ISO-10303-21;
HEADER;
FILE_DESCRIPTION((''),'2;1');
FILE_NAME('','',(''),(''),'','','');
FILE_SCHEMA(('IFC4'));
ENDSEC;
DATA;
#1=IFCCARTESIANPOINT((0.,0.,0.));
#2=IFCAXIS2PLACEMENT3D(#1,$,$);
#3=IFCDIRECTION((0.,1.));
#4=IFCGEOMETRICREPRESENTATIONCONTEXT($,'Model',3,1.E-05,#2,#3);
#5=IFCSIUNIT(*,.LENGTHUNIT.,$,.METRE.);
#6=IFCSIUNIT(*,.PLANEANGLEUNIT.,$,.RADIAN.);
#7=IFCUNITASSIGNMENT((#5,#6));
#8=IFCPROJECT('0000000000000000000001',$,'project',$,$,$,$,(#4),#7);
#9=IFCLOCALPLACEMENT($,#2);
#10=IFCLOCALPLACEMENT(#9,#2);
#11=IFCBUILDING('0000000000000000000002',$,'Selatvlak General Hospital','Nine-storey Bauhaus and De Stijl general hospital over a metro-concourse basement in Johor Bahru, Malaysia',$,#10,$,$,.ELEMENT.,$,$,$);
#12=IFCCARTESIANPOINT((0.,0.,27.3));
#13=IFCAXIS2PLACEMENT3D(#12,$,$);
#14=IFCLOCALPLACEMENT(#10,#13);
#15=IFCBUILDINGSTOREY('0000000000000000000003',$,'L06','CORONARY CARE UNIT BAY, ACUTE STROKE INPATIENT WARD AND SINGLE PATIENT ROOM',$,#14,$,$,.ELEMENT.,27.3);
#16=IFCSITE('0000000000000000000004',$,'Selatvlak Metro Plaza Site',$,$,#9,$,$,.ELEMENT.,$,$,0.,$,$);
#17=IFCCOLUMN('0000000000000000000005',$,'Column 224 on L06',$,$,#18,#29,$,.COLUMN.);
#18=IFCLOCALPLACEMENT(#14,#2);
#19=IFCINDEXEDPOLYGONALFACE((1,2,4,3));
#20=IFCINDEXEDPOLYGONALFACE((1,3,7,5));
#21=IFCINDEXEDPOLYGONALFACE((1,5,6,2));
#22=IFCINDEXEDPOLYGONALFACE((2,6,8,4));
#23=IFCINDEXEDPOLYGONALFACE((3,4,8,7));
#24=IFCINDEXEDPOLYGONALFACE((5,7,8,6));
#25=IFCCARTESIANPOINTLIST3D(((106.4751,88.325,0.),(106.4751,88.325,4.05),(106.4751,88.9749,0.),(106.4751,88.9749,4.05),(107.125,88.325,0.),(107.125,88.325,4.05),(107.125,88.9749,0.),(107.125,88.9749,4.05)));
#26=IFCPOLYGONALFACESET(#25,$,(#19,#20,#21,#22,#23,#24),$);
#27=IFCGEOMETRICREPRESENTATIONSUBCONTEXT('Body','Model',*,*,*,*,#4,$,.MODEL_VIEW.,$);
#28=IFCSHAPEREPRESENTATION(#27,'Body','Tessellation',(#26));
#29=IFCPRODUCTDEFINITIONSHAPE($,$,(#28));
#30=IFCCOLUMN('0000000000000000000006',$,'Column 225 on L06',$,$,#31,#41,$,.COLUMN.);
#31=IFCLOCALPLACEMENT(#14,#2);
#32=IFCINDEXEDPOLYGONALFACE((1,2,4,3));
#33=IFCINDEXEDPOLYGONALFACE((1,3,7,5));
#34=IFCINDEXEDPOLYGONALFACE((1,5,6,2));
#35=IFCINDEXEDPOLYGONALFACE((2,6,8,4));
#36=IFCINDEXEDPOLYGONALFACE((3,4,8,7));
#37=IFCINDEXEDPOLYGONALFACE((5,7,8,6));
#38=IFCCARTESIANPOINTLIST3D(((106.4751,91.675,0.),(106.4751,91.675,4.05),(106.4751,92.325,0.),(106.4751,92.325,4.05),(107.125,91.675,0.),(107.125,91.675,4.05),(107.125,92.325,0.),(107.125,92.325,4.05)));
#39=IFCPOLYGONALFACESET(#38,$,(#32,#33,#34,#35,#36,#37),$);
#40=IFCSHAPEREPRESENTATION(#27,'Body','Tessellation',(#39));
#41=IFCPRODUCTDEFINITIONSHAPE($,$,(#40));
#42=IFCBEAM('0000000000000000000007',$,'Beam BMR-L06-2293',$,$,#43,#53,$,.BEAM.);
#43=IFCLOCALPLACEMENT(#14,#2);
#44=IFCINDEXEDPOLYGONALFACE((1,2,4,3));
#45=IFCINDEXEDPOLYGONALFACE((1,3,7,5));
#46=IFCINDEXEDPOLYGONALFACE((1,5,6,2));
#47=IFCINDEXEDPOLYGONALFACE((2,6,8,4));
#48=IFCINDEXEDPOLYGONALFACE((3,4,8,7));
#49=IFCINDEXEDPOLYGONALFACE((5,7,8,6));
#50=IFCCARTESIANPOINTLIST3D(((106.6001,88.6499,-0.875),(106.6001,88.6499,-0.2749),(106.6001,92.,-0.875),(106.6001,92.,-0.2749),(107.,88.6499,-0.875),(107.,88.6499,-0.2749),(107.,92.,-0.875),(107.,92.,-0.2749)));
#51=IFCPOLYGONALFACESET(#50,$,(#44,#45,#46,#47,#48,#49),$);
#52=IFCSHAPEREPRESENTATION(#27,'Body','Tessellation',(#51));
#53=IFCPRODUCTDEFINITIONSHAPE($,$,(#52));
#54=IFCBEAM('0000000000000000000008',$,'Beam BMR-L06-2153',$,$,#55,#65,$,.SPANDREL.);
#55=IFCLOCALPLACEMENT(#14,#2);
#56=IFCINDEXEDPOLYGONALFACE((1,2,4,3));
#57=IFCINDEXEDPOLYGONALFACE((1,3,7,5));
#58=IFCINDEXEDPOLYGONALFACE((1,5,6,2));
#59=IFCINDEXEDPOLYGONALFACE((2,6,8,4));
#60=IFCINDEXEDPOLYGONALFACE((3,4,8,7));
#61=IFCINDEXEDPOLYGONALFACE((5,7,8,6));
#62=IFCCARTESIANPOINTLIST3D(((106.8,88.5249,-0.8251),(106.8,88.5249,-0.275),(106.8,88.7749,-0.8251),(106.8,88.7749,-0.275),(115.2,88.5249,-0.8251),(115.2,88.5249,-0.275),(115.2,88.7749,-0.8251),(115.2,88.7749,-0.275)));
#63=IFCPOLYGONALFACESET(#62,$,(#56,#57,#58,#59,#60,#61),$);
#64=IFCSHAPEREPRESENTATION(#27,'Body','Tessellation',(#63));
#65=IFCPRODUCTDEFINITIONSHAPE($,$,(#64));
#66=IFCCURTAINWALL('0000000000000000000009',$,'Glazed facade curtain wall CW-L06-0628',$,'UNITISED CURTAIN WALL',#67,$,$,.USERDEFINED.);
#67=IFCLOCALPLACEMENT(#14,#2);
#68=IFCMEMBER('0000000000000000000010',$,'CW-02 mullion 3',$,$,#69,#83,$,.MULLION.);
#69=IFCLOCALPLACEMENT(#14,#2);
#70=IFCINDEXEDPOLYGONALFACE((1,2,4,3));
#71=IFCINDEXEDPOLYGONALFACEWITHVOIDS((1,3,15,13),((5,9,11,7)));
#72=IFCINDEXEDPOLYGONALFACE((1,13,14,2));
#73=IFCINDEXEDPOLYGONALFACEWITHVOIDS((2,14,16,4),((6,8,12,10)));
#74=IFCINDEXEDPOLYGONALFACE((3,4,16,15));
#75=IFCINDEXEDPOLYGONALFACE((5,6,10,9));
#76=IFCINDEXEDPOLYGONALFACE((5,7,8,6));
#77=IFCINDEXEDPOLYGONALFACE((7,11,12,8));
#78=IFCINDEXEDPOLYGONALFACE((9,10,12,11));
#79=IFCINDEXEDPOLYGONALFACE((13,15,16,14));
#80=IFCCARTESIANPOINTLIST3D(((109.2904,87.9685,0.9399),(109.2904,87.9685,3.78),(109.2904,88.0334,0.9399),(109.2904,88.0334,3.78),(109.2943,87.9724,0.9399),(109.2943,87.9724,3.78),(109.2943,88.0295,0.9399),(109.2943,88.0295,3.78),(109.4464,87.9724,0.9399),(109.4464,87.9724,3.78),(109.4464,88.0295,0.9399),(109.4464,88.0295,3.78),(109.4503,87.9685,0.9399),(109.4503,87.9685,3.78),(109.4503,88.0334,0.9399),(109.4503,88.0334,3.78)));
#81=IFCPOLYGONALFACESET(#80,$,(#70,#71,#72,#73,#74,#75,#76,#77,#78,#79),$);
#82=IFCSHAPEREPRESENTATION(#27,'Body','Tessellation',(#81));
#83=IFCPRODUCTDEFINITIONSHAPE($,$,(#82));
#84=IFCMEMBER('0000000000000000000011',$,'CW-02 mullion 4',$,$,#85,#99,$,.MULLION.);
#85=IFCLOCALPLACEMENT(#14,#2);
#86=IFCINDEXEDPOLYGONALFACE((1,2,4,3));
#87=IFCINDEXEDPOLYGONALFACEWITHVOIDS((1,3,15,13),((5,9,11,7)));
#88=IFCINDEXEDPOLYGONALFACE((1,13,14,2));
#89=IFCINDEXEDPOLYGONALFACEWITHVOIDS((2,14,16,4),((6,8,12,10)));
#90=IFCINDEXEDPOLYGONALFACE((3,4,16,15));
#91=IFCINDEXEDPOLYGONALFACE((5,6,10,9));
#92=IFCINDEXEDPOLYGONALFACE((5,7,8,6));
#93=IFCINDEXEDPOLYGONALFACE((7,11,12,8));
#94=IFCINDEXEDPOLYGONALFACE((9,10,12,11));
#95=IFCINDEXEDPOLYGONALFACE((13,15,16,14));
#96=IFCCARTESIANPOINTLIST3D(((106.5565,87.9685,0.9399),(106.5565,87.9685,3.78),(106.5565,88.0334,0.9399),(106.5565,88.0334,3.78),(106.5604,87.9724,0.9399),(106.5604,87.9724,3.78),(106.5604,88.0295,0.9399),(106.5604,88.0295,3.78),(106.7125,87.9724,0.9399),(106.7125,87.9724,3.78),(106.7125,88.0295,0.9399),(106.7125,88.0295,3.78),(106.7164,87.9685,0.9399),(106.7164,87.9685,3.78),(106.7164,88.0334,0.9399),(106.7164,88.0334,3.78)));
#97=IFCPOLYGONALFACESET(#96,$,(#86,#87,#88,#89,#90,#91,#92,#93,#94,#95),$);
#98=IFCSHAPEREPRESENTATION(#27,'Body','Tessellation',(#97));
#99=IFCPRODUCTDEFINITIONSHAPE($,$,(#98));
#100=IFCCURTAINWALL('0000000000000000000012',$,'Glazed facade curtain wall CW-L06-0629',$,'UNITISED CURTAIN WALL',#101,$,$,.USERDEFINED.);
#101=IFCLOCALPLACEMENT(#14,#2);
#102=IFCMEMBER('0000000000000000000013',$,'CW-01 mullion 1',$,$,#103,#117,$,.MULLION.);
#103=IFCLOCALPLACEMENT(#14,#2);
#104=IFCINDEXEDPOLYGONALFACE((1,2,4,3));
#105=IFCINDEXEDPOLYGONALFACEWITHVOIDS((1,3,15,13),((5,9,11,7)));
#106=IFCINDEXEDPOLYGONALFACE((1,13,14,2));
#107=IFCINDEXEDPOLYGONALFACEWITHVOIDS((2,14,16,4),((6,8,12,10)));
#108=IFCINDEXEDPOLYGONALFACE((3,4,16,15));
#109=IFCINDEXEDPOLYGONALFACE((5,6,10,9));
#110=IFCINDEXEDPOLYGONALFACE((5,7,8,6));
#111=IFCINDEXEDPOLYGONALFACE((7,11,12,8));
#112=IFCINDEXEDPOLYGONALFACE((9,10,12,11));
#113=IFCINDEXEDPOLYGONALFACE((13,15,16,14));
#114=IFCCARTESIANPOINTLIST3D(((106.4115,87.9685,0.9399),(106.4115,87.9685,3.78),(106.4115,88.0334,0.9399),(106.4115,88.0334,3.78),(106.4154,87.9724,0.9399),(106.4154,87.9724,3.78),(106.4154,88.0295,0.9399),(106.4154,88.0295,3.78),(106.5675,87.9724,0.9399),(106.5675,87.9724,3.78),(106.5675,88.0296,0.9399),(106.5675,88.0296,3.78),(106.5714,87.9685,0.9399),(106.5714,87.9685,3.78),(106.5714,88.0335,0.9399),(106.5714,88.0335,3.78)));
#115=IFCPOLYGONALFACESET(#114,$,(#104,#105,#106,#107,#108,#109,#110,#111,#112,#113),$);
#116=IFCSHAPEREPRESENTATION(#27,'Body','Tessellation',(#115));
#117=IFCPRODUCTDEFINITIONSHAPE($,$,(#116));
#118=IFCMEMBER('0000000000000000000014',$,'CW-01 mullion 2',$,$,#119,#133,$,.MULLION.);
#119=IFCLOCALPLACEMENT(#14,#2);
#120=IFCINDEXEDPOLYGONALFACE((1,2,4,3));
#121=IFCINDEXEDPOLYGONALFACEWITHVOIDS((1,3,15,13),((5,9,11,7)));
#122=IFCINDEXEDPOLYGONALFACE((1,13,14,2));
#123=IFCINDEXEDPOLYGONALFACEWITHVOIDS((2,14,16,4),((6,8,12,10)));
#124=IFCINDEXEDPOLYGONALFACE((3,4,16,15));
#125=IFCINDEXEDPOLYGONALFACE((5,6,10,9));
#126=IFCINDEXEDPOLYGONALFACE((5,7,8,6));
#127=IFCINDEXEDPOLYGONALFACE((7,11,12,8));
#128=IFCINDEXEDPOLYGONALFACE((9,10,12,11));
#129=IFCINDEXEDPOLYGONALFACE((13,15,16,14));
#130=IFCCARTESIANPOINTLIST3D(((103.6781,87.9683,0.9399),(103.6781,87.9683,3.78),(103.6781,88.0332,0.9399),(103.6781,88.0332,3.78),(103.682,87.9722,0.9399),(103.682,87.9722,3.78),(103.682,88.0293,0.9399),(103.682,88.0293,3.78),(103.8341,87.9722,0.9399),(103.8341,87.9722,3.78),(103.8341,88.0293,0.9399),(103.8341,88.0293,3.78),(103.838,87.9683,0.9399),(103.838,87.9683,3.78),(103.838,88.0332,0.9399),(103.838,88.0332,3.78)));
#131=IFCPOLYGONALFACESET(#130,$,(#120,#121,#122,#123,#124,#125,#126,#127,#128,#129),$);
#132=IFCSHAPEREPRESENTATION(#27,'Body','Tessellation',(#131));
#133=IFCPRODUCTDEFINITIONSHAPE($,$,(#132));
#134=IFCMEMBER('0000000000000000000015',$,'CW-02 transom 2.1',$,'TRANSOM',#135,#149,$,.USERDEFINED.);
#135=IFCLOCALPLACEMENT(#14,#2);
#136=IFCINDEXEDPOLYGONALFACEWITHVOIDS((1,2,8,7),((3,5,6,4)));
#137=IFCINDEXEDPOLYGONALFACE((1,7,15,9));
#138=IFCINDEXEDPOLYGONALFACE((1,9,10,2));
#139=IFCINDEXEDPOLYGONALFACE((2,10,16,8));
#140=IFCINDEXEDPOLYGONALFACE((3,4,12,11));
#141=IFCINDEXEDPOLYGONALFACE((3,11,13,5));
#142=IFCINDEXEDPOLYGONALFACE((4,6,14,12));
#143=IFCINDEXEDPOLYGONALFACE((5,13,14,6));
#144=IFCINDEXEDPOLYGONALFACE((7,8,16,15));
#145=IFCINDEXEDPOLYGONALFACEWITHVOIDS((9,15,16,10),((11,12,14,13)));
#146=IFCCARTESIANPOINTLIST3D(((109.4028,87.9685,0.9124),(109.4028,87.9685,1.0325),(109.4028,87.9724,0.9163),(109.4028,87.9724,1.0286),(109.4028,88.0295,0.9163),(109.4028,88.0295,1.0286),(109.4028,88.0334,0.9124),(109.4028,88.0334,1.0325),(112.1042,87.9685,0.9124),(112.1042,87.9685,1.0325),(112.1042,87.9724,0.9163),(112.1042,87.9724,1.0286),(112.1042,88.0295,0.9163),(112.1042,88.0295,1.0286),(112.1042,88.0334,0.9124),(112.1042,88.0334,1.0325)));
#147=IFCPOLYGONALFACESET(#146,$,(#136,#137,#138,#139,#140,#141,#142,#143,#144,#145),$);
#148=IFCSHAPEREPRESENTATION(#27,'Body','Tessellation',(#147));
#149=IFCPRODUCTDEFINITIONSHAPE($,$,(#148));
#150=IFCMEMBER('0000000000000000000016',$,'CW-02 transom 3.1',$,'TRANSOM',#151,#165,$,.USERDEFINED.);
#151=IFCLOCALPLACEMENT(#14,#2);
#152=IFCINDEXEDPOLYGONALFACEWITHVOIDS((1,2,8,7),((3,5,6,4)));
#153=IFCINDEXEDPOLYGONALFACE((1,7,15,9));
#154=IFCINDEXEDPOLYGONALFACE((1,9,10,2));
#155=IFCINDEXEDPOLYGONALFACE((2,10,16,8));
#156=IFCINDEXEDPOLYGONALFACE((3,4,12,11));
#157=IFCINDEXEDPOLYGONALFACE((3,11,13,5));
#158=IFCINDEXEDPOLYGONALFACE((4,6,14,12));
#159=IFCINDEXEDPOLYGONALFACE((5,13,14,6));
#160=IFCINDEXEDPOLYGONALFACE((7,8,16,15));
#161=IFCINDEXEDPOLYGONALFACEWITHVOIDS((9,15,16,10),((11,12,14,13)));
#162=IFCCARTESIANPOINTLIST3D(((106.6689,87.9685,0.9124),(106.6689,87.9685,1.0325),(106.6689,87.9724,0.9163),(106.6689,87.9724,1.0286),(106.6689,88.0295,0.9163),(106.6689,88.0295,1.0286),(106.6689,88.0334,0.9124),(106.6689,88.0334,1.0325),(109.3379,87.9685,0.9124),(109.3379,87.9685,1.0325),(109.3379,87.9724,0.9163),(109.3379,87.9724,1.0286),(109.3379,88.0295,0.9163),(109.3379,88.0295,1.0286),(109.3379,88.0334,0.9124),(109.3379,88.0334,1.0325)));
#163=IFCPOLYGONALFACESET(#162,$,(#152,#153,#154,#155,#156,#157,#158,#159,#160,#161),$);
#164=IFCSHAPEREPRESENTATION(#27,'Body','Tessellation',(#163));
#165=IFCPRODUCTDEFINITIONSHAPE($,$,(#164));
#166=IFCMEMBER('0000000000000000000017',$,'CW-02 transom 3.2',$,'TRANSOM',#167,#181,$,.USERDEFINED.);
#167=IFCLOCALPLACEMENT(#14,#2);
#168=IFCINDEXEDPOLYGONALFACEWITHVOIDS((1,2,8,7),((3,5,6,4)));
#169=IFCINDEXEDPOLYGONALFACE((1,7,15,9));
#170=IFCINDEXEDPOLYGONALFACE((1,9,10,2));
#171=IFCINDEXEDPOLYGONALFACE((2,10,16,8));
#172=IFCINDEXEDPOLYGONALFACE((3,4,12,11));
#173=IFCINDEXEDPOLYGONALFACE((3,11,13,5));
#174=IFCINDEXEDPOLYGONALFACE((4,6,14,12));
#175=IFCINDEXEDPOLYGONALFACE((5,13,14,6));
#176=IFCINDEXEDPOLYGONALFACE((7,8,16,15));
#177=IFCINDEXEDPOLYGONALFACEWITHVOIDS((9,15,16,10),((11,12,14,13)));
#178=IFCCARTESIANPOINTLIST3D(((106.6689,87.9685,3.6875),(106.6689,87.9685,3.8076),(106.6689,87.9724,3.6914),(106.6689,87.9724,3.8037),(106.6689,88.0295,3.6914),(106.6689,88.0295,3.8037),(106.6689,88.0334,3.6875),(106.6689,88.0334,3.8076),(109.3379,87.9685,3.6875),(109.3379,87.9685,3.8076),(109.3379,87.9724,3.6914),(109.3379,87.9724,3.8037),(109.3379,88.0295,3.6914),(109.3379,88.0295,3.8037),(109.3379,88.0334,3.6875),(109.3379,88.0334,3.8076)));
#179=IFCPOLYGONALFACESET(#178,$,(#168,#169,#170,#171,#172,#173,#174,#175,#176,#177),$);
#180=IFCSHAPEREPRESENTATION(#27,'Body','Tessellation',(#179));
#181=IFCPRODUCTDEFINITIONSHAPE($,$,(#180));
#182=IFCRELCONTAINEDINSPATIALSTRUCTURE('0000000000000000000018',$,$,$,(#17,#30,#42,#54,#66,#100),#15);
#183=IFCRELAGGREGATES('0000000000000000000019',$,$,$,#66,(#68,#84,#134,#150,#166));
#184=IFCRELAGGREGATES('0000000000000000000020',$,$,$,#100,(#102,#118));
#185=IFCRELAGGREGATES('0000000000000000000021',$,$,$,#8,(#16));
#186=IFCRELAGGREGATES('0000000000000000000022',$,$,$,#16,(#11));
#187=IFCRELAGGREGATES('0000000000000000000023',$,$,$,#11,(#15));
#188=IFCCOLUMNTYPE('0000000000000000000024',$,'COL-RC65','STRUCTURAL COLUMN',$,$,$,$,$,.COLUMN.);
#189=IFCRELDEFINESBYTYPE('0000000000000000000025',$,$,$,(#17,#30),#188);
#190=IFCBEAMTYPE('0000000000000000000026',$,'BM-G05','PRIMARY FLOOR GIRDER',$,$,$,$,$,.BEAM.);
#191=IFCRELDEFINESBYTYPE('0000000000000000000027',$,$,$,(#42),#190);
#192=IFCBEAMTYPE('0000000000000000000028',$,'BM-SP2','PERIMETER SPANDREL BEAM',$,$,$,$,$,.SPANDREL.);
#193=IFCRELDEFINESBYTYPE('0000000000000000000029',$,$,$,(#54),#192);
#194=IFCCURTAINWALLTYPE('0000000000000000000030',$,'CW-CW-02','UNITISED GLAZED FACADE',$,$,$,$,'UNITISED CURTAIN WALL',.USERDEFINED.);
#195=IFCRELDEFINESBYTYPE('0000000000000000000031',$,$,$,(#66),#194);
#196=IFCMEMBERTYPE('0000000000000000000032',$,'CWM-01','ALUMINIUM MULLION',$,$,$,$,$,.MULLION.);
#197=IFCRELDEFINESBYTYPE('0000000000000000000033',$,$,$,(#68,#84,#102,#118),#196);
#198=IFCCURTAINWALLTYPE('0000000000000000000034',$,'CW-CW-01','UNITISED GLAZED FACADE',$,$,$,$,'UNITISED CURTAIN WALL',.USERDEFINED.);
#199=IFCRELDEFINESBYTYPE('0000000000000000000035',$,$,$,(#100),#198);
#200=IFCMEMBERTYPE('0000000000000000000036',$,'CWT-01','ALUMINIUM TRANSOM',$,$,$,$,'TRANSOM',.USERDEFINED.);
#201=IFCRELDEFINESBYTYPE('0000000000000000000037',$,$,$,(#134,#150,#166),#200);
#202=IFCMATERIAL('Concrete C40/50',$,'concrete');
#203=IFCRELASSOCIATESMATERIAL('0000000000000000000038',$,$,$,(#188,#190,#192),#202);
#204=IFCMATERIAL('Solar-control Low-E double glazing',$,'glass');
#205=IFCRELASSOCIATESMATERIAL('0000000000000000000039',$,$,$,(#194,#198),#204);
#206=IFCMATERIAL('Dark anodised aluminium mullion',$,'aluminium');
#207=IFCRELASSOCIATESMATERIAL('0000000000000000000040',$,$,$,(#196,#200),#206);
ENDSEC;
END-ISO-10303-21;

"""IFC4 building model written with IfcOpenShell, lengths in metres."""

from ifc_helpers import new_model, si_unit, direction, frame, origin, origin_2d, place, context, subcontext, project, spatial, rectangle, hollow_rectangle, extrude, material, material_profile, profile_set, type_object, element, aggregate, save


model = new_model("IFC4")

# Units and contexts
model_context = context("Model", 3, precision=1e-05, world=origin(), true_north=direction((0.0, 1.0)))
body_context = subcontext(model_context, "Body", "Model", "MODEL_VIEW")
ifc_project = project(units=[si_unit("LENGTHUNIT", "METRE"), si_unit("PLANEANGLEUNIT", "RADIAN")], contexts=[model_context])

# Site, building, storey
site_placement = place(None, origin())
site = spatial("IfcSite", under=ifc_project, at=site_placement, Name="Selatvlak Metro Plaza Site", CompositionType="ELEMENT", RefElevation=0.0)
building_placement = place(site_placement, origin())
building = spatial("IfcBuilding", under=site, at=building_placement, Name="Selatvlak General Hospital", Description="Nine-storey Bauhaus and De Stijl general hospital over a metro-concourse basement in Johor Bahru, Malaysia", CompositionType="ELEMENT")
storey_placement = place(building_placement, frame((0.0, 0.0, 27.3)))
storey = spatial("IfcBuildingStorey", under=building, at=storey_placement, Name="L06", Description="CORONARY CARE UNIT BAY, ACUTE STROKE INPATIENT WARD AND SINGLE PATIENT ROOM", CompositionType="ELEMENT", Elevation=27.3)

# Columns
ifc_material_1 = material(Name="Concrete C40/50", Category="concrete")
ifc_material_profile_1 = material_profile(ifc_material_1, rectangle(XDim=0.6499, YDim=0.6499, at=origin_2d()), Name="RC-COL 650x650")
ifc_profile_set_1 = profile_set([ifc_material_profile_1], Name="Concrete C40/50")
column_type = type_object("IfcColumnType", Name="COL-RC65", Description="STRUCTURAL COLUMN", PredefinedType="COLUMN", material=ifc_profile_set_1)
for number, where, z_axis, x_axis, name in (
    (1, (106.8, 88.6499, 0.0), (0.0, 0.0, 1.0), (1.0, 0.0, 0.0), "Column 224 on L06"),
    (2, (106.8, 92.0, 0.0), (0.0, 0.0, 1.0), (1.0, 0.0, 0.0), "Column 225 on L06"),
):
    element("IfcColumn", number, at=place(storey_placement, frame(where, z_axis=z_axis, x_axis=x_axis)), inside=storey, type_object=column_type, Name=name, PredefinedType="COLUMN", context=body_context, shape_type="SweptSolid", body=[
        extrude(rectangle(XDim=0.6499, YDim=0.6499, at=origin_2d()), origin(), (0.0, 0.0, 1.0), 4.05),
    ])

# Beams
ifc_material_profile_2 = material_profile(ifc_material_1, rectangle(XDim=0.3999, YDim=0.6001, at=origin_2d()), Name="RC-BM 400x600")
ifc_profile_set_2 = profile_set([ifc_material_profile_2], Name="Concrete C40/50")
beam_type_1 = type_object("IfcBeamType", Name="BM-G05", Description="PRIMARY FLOOR GIRDER", PredefinedType="BEAM", material=ifc_profile_set_2)
beam_1_placement = place(storey_placement, frame((106.8, 88.6499, -0.575), z_axis=(0.0, 1.0, 0.0), x_axis=(-1.0, 0.0, 0.0)))
element("IfcBeam", 3, at=beam_1_placement, inside=storey, type_object=beam_type_1, Name="Beam BMR-L06-2293", PredefinedType="BEAM", context=body_context, shape_type="SweptSolid", body=[
    extrude(rectangle(XDim=0.3999, YDim=0.6001, at=origin_2d()), origin(), (0.0, 0.0, 1.0), 3.3501),
])
ifc_material_profile_3 = material_profile(ifc_material_1, rectangle(XDim=0.25, YDim=0.55, at=origin_2d()), Name="RC-SP 250x550")
ifc_profile_set_3 = profile_set([ifc_material_profile_3], Name="Concrete C40/50")
beam_type_2 = type_object("IfcBeamType", Name="BM-SP2", Description="PERIMETER SPANDREL BEAM", PredefinedType="SPANDREL", material=ifc_profile_set_3)
beam_2_placement = place(storey_placement, frame((106.8, 88.6499, -0.55), z_axis=(1.0, 0.0, 0.0), x_axis=(0.0, 1.0, 0.0)))
element("IfcBeam", 4, at=beam_2_placement, inside=storey, type_object=beam_type_2, Name="Beam BMR-L06-2153", PredefinedType="SPANDREL", context=body_context, shape_type="SweptSolid", body=[
    extrude(rectangle(XDim=0.25, YDim=0.55, at=origin_2d()), origin(), (0.0, 0.0, 1.0), 8.3999),
])

# Curtain walls, members
ifc_material_2 = material(Name="Solar-control Low-E double glazing", Category="glass")
curtain_wall_type_1 = type_object("IfcCurtainWallType", Name="CW-CW-02", Description="UNITISED GLAZED FACADE", ElementType="UNITISED CURTAIN WALL", PredefinedType="USERDEFINED", material=ifc_material_2)
curtain_wall_1_placement = place(storey_placement, origin())
curtain_wall_1 = element("IfcCurtainWall", 5, at=curtain_wall_1_placement, inside=storey, type_object=curtain_wall_type_1, Name="Glazed facade curtain wall CW-L06-0628", ObjectType="UNITISED CURTAIN WALL", PredefinedType="USERDEFINED")
ifc_material_3 = material(Name="Dark anodised aluminium mullion", Category="aluminium")
ifc_material_profile_4 = material_profile(ifc_material_3, hollow_rectangle(XDim=0.0649, YDim=0.1599, WallThickness=0.0039, at=origin_2d()), Name="AL-MUL 65x160x4")
ifc_profile_set_4 = profile_set([ifc_material_profile_4], Name="Dark anodised aluminium mullion")
member_type_1 = type_object("IfcMemberType", Name="CWM-01", Description="ALUMINIUM MULLION", PredefinedType="MULLION", material=ifc_profile_set_4)
member_1_placement = place(storey_placement, frame((109.3704, 88.001, 0.9399), z_axis=(0.0, 0.0, 1.0), x_axis=(0.0, -1.0, 0.0)))
member_1 = element("IfcMember", 6, at=member_1_placement, type_object=member_type_1, Name="CW-02 mullion 3", PredefinedType="MULLION", context=body_context, shape_type="SweptSolid", body=[
    extrude(hollow_rectangle(XDim=0.0649, YDim=0.1599, WallThickness=0.0039, at=origin_2d()), origin(), (0.0, 0.0, 1.0), 2.8401),
])
member_2_placement = place(storey_placement, frame((106.6365, 88.001, 0.9399), z_axis=(0.0, 0.0, 1.0), x_axis=(0.0, -1.0, 0.0)))
member_2 = element("IfcMember", 7, at=member_2_placement, type_object=member_type_1, Name="CW-02 mullion 4", PredefinedType="MULLION", context=body_context, shape_type="SweptSolid", body=[
    extrude(hollow_rectangle(XDim=0.0649, YDim=0.1599, WallThickness=0.0039, at=origin_2d()), origin(), (0.0, 0.0, 1.0), 2.8401),
])
curtain_wall_type_2 = type_object("IfcCurtainWallType", Name="CW-CW-01", Description="UNITISED GLAZED FACADE", ElementType="UNITISED CURTAIN WALL", PredefinedType="USERDEFINED", material=ifc_material_2)
curtain_wall_2_placement = place(storey_placement, origin())
curtain_wall_2 = element("IfcCurtainWall", 8, at=curtain_wall_2_placement, inside=storey, type_object=curtain_wall_type_2, Name="Glazed facade curtain wall CW-L06-0629", ObjectType="UNITISED CURTAIN WALL", PredefinedType="USERDEFINED")
member_3_placement = place(storey_placement, frame((106.4915, 88.001, 0.9399), z_axis=(0.0, 0.0, 1.0), x_axis=(0.000121, -1.0, 0.0)))
member_3 = element("IfcMember", 9, at=member_3_placement, type_object=member_type_1, Name="CW-01 mullion 1", PredefinedType="MULLION", context=body_context, shape_type="SweptSolid", body=[
    extrude(hollow_rectangle(XDim=0.0649, YDim=0.1599, WallThickness=0.0039, at=origin_2d()), origin(), (0.0, 0.0, 1.0), 2.8401),
])
member_4_placement = place(storey_placement, frame((103.7581, 88.0007, 0.9399), z_axis=(0.0, 0.0, 1.0), x_axis=(0.000121, -1.0, 0.0)))
member_4 = element("IfcMember", 10, at=member_4_placement, type_object=member_type_1, Name="CW-01 mullion 2", PredefinedType="MULLION", context=body_context, shape_type="SweptSolid", body=[
    extrude(hollow_rectangle(XDim=0.0649, YDim=0.1599, WallThickness=0.0039, at=origin_2d()), origin(), (0.0, 0.0, 1.0), 2.8401),
])

# Members
ifc_material_profile_5 = material_profile(ifc_material_3, hollow_rectangle(XDim=0.0649, YDim=0.1201, WallThickness=0.0039, at=origin_2d()), Name="AL-TRN 65x120x4")
ifc_profile_set_5 = profile_set([ifc_material_profile_5], Name="Dark anodised aluminium mullion")
member_type_2 = type_object("IfcMemberType", Name="CWT-01", Description="ALUMINIUM TRANSOM", ElementType="TRANSOM", PredefinedType="USERDEFINED", material=ifc_profile_set_5)
member_5_placement = place(storey_placement, frame((112.1042, 88.001, 0.9724), z_axis=(-1.0, 0.0, 0.0), x_axis=(0.0, -1.0, 0.0)))
member_5 = element("IfcMember", 11, at=member_5_placement, type_object=member_type_2, Name="CW-02 transom 2.1", ObjectType="TRANSOM", PredefinedType="USERDEFINED", context=body_context, shape_type="SweptSolid", body=[
    extrude(hollow_rectangle(XDim=0.0649, YDim=0.1201, WallThickness=0.0039, at=origin_2d()), origin(), (0.0, 0.0, 1.0), 2.7014),
])
member_6_placement = place(storey_placement, frame((109.3379, 88.001, 0.9724), z_axis=(-1.0, 0.0, 0.0), x_axis=(0.0, -1.0, 0.0)))
member_6 = element("IfcMember", 12, at=member_6_placement, type_object=member_type_2, Name="CW-02 transom 3.1", ObjectType="TRANSOM", PredefinedType="USERDEFINED", context=body_context, shape_type="SweptSolid", body=[
    extrude(hollow_rectangle(XDim=0.0649, YDim=0.1201, WallThickness=0.0039, at=origin_2d()), origin(), (0.0, 0.0, 1.0), 2.6689),
])
member_7_placement = place(storey_placement, frame((109.3379, 88.001, 3.7476), z_axis=(-1.0, 0.0, 0.0), x_axis=(0.0, -1.0, 0.0)))
member_7 = element("IfcMember", 13, at=member_7_placement, type_object=member_type_2, Name="CW-02 transom 3.2", ObjectType="TRANSOM", PredefinedType="USERDEFINED", context=body_context, shape_type="SweptSolid", body=[
    extrude(hollow_rectangle(XDim=0.0649, YDim=0.1201, WallThickness=0.0039, at=origin_2d()), origin(), (0.0, 0.0, 1.0), 2.6689),
])

aggregate(curtain_wall_1, [member_1, member_2, member_5, member_6, member_7])
aggregate(curtain_wall_2, [member_3, member_4])

save(model, "model.ifc")
